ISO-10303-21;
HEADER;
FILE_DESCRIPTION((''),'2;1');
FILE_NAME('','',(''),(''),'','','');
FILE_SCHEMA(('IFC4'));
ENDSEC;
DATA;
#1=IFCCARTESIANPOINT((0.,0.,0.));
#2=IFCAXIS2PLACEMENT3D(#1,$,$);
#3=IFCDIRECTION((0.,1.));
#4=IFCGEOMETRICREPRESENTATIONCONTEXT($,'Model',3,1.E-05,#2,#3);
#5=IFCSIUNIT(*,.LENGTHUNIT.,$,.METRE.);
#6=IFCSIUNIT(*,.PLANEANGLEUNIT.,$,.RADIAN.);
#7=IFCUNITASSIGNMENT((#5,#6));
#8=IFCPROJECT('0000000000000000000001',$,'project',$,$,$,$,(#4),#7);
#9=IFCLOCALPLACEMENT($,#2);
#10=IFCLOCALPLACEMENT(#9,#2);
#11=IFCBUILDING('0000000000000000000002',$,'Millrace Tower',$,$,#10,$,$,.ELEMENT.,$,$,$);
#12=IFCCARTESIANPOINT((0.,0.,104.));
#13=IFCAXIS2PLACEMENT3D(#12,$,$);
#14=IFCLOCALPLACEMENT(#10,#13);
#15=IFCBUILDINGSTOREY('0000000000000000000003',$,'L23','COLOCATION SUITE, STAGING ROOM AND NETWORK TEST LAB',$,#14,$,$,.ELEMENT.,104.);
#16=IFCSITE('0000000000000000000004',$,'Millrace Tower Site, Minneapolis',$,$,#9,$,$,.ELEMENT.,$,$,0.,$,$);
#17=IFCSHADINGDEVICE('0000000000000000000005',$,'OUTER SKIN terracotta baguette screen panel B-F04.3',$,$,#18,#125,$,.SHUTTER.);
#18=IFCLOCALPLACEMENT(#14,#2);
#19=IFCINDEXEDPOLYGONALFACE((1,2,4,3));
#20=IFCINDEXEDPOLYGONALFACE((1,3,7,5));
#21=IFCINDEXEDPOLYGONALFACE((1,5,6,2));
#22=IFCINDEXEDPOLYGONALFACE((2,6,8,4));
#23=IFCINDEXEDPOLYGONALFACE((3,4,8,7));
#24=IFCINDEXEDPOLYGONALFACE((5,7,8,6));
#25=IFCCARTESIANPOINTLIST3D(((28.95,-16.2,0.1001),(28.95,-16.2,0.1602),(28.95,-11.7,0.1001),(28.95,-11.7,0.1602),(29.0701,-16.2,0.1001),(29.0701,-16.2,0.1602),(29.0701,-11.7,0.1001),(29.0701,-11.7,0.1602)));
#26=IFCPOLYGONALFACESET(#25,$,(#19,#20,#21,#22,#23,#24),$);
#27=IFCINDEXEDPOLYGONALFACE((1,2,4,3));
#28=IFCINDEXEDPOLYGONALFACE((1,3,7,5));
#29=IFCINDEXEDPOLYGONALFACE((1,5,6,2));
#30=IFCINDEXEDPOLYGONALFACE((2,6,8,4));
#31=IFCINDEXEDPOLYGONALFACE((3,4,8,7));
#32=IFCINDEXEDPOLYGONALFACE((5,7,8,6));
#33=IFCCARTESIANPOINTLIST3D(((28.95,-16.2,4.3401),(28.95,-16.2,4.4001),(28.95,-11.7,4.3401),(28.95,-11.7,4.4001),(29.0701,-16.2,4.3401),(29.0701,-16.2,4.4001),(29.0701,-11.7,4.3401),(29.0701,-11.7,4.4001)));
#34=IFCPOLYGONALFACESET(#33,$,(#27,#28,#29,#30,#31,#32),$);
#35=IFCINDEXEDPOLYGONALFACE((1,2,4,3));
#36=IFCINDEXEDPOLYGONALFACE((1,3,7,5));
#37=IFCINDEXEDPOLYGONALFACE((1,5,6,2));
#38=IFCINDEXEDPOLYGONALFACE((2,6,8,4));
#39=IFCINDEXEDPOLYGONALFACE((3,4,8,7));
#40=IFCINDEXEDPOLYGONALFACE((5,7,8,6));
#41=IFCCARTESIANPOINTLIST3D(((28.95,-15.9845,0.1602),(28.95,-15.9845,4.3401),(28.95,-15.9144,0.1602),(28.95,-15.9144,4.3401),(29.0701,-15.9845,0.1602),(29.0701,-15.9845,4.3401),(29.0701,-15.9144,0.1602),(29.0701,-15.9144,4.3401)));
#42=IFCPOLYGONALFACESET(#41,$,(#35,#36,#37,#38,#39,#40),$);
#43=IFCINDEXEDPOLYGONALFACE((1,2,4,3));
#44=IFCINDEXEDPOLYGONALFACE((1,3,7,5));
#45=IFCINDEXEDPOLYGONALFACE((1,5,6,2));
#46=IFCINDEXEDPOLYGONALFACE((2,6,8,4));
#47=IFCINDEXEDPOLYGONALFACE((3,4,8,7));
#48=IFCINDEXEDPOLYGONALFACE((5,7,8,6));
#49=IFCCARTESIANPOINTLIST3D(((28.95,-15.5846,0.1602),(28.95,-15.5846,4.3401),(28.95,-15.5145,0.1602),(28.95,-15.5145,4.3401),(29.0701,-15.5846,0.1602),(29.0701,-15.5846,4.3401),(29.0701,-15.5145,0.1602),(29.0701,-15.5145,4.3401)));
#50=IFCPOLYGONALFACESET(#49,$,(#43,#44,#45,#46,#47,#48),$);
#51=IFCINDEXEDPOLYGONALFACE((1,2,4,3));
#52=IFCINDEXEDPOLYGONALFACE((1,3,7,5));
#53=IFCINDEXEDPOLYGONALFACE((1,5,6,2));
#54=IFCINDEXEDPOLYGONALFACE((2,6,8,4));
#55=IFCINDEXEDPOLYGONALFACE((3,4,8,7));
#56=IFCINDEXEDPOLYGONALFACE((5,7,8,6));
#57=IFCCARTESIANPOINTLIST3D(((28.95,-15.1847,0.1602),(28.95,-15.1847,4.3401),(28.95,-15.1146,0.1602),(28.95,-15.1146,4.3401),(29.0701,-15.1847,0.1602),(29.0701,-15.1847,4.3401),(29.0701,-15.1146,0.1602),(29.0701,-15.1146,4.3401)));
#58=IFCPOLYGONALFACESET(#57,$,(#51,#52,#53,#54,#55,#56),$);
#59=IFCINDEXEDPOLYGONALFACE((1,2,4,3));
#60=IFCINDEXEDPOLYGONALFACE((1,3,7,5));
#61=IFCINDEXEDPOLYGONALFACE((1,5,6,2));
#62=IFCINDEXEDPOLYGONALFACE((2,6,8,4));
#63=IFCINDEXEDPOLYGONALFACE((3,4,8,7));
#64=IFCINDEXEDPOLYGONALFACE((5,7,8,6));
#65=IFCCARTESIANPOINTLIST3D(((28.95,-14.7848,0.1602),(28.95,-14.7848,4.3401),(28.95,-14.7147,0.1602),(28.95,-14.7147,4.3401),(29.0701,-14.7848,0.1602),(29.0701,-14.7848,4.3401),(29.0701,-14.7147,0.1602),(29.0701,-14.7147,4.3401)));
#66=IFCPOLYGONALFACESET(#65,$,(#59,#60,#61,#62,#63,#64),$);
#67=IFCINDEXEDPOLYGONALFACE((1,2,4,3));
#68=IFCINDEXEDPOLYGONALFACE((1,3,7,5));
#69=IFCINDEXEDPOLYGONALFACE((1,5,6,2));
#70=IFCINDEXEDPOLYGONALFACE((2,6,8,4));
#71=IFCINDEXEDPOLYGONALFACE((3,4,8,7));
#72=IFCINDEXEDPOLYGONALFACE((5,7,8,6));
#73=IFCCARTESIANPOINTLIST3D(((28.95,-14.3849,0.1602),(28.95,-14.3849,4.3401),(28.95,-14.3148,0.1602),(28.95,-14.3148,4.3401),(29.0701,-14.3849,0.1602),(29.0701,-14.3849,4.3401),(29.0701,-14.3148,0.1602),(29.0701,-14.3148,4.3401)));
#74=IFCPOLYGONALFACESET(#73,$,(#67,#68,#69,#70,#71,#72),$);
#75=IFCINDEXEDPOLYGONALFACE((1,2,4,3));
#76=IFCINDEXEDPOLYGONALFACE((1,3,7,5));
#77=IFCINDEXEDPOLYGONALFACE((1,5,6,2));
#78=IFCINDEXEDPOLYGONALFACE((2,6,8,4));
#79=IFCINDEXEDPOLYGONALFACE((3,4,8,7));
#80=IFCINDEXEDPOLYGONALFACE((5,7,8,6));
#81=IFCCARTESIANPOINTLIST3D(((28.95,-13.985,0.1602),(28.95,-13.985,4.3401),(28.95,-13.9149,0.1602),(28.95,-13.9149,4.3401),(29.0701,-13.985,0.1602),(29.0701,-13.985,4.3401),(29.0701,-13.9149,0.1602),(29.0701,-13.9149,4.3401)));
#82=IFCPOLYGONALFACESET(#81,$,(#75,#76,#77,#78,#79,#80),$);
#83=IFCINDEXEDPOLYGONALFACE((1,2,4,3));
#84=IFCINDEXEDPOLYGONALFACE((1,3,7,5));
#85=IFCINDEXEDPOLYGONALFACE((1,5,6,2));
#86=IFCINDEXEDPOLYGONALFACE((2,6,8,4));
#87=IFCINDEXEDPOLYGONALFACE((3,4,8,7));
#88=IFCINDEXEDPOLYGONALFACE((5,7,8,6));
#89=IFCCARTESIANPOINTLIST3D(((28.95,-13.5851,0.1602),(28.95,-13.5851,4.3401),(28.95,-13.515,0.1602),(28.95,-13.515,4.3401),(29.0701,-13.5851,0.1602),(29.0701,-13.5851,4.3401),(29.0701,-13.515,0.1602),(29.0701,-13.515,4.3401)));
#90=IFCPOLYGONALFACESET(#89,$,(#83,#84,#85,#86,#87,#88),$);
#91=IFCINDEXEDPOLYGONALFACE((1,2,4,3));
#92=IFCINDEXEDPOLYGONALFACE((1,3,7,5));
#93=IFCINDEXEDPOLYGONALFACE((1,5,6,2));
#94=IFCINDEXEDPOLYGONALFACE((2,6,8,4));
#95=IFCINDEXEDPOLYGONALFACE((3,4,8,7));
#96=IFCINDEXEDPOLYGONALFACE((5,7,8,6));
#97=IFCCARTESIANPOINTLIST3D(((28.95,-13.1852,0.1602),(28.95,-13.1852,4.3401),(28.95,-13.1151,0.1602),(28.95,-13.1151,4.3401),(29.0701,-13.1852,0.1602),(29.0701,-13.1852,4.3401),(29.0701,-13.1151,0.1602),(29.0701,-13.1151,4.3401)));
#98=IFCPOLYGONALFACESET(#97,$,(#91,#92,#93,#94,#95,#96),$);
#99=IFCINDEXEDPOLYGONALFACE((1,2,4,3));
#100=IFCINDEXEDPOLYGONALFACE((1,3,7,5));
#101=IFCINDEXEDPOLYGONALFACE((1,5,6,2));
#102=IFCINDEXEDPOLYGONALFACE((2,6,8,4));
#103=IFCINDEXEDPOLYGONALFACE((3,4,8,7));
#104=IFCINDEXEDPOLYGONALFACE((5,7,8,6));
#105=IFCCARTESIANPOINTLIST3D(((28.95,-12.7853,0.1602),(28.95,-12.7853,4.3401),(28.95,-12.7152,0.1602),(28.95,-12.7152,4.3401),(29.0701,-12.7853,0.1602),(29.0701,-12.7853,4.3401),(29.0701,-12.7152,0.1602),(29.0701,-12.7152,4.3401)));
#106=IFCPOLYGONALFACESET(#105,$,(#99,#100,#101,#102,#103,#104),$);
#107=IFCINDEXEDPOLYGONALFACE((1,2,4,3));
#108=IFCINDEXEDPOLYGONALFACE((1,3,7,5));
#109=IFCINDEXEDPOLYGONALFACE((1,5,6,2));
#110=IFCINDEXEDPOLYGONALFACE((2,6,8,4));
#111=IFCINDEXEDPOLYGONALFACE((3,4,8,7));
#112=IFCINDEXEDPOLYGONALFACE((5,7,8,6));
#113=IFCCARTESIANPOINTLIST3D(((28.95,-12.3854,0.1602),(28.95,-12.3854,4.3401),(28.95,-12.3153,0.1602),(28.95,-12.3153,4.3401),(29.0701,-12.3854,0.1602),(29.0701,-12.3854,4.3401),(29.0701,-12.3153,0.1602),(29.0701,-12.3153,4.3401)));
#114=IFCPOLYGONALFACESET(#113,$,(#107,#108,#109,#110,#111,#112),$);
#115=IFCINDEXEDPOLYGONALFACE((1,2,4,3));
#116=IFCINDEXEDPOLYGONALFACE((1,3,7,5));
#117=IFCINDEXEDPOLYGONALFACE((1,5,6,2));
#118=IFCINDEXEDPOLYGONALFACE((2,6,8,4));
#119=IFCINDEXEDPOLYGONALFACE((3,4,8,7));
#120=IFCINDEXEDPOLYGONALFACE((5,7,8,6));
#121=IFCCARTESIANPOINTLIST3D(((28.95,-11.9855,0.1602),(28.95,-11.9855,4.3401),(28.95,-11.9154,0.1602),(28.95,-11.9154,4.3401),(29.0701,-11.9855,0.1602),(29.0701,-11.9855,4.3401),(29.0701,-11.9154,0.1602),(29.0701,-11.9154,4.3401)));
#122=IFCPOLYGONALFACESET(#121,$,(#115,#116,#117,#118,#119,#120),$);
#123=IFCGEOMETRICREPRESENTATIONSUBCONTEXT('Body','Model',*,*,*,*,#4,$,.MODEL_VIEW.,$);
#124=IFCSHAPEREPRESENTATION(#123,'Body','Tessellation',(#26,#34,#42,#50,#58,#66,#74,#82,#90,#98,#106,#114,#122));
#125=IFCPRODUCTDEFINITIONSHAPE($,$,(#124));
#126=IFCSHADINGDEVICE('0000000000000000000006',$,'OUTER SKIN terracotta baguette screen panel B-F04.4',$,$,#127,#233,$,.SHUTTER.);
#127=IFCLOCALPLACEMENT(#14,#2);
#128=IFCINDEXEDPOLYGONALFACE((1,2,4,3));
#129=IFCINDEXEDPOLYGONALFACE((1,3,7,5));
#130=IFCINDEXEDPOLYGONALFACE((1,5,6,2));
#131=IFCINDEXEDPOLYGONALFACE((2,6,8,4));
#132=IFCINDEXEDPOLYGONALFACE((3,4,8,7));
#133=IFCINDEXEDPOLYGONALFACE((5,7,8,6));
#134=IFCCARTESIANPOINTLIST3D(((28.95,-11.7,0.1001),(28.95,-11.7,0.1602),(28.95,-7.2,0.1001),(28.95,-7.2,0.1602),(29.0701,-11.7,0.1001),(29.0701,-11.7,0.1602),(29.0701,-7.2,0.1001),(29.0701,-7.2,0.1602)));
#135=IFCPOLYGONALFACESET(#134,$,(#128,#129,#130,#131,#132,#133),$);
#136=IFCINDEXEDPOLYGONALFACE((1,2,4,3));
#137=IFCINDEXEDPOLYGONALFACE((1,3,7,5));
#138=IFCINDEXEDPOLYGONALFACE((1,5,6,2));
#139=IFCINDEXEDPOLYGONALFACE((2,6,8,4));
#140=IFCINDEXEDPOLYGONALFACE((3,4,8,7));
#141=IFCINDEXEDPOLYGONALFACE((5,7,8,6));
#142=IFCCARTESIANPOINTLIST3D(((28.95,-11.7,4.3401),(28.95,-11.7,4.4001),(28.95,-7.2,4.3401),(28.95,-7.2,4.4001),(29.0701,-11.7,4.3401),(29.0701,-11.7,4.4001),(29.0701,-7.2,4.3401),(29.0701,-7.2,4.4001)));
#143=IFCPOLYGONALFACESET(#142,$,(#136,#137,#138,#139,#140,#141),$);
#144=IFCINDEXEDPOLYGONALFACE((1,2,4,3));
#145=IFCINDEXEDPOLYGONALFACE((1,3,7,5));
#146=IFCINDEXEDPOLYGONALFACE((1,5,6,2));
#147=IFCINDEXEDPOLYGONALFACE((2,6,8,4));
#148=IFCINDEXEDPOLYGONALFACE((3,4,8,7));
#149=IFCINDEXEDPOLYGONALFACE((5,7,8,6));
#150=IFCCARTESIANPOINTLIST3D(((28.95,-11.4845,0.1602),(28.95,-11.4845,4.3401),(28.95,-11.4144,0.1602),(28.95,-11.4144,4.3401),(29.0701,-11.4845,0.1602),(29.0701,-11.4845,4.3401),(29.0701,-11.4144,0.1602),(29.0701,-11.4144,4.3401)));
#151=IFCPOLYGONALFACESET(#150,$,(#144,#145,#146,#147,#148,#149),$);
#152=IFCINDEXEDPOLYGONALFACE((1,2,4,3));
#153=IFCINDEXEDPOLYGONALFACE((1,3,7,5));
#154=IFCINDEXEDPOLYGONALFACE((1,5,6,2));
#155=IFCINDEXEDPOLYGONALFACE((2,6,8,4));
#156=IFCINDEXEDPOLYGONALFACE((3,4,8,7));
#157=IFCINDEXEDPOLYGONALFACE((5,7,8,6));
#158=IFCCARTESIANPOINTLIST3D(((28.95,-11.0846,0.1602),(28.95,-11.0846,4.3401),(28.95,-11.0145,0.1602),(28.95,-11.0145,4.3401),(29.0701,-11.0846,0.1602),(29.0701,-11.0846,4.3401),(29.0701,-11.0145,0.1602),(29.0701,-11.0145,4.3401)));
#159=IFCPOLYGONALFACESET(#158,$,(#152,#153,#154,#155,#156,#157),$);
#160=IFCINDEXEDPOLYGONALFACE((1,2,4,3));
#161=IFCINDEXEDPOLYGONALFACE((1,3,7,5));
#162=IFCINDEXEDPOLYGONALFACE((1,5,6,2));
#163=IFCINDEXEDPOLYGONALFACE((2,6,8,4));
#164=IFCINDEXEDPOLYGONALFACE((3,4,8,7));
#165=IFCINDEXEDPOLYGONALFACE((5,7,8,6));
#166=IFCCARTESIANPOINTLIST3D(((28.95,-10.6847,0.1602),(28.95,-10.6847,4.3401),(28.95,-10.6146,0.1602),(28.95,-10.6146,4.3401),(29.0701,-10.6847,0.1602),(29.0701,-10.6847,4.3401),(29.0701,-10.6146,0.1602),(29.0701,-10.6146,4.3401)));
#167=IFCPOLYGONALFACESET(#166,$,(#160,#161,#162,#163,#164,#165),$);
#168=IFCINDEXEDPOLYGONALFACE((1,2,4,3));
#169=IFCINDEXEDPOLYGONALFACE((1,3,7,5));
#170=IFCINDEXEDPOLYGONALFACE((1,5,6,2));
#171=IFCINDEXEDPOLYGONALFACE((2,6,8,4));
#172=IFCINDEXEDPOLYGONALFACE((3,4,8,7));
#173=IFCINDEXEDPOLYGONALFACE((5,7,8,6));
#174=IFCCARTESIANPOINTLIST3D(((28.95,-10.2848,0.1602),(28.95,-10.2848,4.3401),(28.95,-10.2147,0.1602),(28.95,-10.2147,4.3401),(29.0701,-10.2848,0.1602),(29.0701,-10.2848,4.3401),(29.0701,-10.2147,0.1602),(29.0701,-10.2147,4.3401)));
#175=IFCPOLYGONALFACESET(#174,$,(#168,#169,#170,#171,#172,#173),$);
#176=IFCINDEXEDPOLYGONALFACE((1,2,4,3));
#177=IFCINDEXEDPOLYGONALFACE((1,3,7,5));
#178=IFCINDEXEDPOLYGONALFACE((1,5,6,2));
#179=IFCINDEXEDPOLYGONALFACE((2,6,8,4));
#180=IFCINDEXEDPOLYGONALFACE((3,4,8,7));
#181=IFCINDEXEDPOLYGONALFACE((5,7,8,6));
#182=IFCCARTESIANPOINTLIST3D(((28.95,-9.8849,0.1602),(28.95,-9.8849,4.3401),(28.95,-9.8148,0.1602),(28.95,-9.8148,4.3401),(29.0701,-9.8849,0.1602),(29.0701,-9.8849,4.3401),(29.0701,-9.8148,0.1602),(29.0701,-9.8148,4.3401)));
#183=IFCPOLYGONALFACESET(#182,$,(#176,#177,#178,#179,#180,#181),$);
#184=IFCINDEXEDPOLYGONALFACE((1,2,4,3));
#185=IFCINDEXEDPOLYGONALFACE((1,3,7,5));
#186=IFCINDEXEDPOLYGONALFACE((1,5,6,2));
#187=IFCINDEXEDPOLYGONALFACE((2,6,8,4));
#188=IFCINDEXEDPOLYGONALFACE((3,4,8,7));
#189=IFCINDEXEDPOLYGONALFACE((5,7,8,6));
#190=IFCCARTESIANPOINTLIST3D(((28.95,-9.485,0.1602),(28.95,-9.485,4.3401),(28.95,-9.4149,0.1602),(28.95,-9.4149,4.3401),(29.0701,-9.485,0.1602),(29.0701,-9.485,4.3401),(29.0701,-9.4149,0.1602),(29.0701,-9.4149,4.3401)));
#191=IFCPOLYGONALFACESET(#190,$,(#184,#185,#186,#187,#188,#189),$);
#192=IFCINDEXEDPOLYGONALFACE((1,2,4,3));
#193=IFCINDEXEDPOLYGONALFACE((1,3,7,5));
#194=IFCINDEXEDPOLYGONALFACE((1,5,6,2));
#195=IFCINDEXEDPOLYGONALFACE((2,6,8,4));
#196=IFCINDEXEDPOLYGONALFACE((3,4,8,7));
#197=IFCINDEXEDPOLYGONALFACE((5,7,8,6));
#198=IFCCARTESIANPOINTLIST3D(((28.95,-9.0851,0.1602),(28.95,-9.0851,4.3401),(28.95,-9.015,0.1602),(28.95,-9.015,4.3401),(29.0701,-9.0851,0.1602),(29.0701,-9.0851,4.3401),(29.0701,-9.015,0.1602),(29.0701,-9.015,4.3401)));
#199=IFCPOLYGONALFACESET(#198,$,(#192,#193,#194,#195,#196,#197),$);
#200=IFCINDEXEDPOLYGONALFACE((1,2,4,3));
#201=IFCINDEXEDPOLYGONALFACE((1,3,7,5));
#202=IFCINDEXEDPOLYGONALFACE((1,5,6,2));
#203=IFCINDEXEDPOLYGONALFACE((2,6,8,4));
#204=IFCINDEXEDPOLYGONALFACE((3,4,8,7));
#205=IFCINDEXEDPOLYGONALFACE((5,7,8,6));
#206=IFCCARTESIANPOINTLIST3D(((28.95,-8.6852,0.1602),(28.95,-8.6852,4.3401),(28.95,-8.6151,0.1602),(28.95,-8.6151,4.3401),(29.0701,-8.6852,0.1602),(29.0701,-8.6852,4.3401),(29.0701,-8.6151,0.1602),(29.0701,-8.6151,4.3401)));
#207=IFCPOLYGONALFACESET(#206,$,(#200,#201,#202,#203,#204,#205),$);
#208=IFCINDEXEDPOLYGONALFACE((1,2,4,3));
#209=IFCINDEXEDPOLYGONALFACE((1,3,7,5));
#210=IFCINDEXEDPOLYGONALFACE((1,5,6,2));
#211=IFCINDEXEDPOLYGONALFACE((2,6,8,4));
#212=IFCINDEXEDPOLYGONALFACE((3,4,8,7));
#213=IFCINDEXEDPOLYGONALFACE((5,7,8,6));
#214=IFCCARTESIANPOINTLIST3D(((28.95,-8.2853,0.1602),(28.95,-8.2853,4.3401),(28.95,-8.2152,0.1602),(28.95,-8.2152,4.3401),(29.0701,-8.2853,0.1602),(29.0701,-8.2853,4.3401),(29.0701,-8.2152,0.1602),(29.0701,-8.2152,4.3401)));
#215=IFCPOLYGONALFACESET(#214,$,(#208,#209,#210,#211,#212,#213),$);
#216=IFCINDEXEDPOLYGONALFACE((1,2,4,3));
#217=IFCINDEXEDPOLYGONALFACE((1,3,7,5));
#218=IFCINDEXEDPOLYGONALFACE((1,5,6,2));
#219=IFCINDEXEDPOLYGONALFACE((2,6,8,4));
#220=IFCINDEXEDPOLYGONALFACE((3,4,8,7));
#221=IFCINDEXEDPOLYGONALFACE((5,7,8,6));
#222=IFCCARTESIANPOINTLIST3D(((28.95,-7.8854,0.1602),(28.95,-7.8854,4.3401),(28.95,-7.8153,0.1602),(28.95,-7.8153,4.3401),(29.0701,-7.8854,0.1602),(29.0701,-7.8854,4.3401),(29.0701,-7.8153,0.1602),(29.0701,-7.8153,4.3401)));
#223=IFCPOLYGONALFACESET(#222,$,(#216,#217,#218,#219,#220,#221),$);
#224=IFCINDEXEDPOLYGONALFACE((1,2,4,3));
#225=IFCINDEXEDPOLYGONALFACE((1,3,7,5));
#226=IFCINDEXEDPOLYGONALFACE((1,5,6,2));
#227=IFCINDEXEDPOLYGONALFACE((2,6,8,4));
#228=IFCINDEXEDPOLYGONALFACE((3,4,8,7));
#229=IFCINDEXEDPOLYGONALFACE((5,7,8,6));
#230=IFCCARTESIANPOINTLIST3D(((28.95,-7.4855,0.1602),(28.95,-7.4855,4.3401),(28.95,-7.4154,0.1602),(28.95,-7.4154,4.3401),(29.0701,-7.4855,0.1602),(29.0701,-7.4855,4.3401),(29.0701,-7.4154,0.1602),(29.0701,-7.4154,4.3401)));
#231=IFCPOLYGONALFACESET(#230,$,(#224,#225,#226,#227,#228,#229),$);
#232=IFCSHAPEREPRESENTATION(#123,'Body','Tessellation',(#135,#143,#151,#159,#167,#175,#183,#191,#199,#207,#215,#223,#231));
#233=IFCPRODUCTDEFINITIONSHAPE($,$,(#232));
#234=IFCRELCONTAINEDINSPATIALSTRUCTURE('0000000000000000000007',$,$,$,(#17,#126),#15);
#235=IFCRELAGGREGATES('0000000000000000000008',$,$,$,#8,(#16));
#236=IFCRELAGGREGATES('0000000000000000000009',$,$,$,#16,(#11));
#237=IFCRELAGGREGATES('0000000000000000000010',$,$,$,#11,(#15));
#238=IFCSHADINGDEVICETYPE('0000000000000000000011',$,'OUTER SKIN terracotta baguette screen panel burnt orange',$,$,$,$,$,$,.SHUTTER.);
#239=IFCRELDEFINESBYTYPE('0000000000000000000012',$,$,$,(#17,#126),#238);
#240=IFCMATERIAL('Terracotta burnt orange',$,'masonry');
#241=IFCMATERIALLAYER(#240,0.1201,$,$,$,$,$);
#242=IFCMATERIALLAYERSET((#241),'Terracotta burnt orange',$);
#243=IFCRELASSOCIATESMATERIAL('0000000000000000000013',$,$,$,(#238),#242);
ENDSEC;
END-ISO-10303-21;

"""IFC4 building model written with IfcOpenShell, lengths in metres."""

from ifc_helpers import new_model, entity, si_unit, direction, frame, frame_2d, origin, origin_2d, place, context, subcontext, project, spatial, rectangle, extrude, source, transform, mapped, material, layer, layer_set, type_object, element, save


model = new_model("IFC4")

# Units and contexts
model_context = context("Model", 3, precision=1e-05, world=origin(), true_north=direction((0.0, 1.0)))
body_context = subcontext(model_context, "Body", "Model", "MODEL_VIEW")
ifc_project = project(units=[si_unit("LENGTHUNIT", "METRE"), si_unit("PLANEANGLEUNIT", "RADIAN")], contexts=[model_context])

# Site, building, storey
site_placement = place(None, origin())
site = spatial("IfcSite", under=ifc_project, at=site_placement, Name="Millrace Tower Site, Minneapolis", CompositionType="ELEMENT", RefElevation=0.0)
building_placement = place(site_placement, origin())
building = spatial("IfcBuilding", under=site, at=building_placement, Name="Millrace Tower", CompositionType="ELEMENT")
storey_placement = place(building_placement, frame((0.0, 0.0, 104.0)))
storey = spatial("IfcBuildingStorey", under=building, at=storey_placement, Name="L23", Description="COLOCATION SUITE, STAGING ROOM AND NETWORK TEST LAB", CompositionType="ELEMENT", Elevation=104.0)

# Shading devices
ifc_material_1 = material(Name="Terracotta burnt orange", Category="masonry")
ifc_layer_1 = layer(ifc_material_1, 0.1201)
ifc_layer_set_1 = layer_set([ifc_layer_1], Name="Terracotta burnt orange")
shading_device_type = type_object("IfcShadingDeviceType", Name="OUTER SKIN terracotta baguette screen panel burnt orange", PredefinedType="SHUTTER", material=ifc_layer_set_1)
cartesian_point = entity("IfcCartesianPoint", [-2.25, 0.0601])
shared_polyline = entity("IfcPolyline", [cartesian_point, entity("IfcCartesianPoint", [2.25, 0.0601]), entity("IfcCartesianPoint", [2.25, -0.0601]), entity("IfcCartesianPoint", [-2.25, -0.0601]), cartesian_point])
shared_shape = source(origin(), body_context, "Body", "SweptSolid", [
    entity("IfcExtrudedAreaSolid", entity("IfcArbitraryClosedProfileDef", "AREA", None, shared_polyline), entity("IfcAxis2Placement3D", entity("IfcCartesianPoint", [0.0, 0.0, 0.0])), entity("IfcDirection", [0.0, 0.0, 1.0]), 0.0601),
    entity("IfcExtrudedAreaSolid", entity("IfcArbitraryClosedProfileDef", "AREA", None, shared_polyline), entity("IfcAxis2Placement3D", entity("IfcCartesianPoint", [0.0, 0.0, 4.24])), entity("IfcDirection", [0.0, 0.0, 1.0]), 0.0601),
    extrude(rectangle(XDim=0.0701, YDim=0.1201, at=frame_2d((-1.9995, 0.0))), frame((0.0, 0.0, 0.0601)), (0.0, 0.0, 1.0), 4.1799),
    extrude(rectangle(XDim=0.0701, YDim=0.1201, at=frame_2d((-1.5996, 0.0))), frame((0.0, 0.0, 0.0601)), (0.0, 0.0, 1.0), 4.1799),
    extrude(rectangle(XDim=0.0701, YDim=0.1201, at=frame_2d((-1.1997, 0.0))), frame((0.0, 0.0, 0.0601)), (0.0, 0.0, 1.0), 4.1799),
    extrude(rectangle(XDim=0.0701, YDim=0.1201, at=frame_2d((-0.7998, 0.0))), frame((0.0, 0.0, 0.0601)), (0.0, 0.0, 1.0), 4.1799),
    extrude(rectangle(XDim=0.0701, YDim=0.1201, at=frame_2d((-0.3999, 0.0))), frame((0.0, 0.0, 0.0601)), (0.0, 0.0, 1.0), 4.1799),
    extrude(rectangle(XDim=0.0701, YDim=0.1201, at=origin_2d()), frame((0.0, 0.0, 0.0601)), (0.0, 0.0, 1.0), 4.1799),
    extrude(rectangle(XDim=0.0701, YDim=0.1201, at=frame_2d((0.3999, 0.0))), frame((0.0, 0.0, 0.0601)), (0.0, 0.0, 1.0), 4.1799),
    extrude(rectangle(XDim=0.0701, YDim=0.1201, at=frame_2d((0.7998, 0.0))), frame((0.0, 0.0, 0.0601)), (0.0, 0.0, 1.0), 4.1799),
    extrude(rectangle(XDim=0.0701, YDim=0.1201, at=frame_2d((1.1997, 0.0))), frame((0.0, 0.0, 0.0601)), (0.0, 0.0, 1.0), 4.1799),
    extrude(rectangle(XDim=0.0701, YDim=0.1201, at=frame_2d((1.5996, 0.0))), frame((0.0, 0.0, 0.0601)), (0.0, 0.0, 1.0), 4.1799),
    extrude(rectangle(XDim=0.0701, YDim=0.1201, at=frame_2d((1.9995, 0.0))), frame((0.0, 0.0, 0.0601)), (0.0, 0.0, 1.0), 4.1799),
])
for number, where, z_axis, x_axis, name in (
    (1, (29.01, -13.95, 0.1001), (0.0, 0.0, 1.0), (0.0, 1.0, 0.0), "OUTER SKIN terracotta baguette screen panel B-F04.3"),
    (2, (29.01, -9.45, 0.1001), (0.0, 0.0, 1.0), (0.0, 1.0, 0.0), "OUTER SKIN terracotta baguette screen panel B-F04.4"),
):
    element("IfcShadingDevice", number, at=place(storey_placement, frame(where, z_axis=z_axis, x_axis=x_axis)), inside=storey, type_object=shading_device_type, Name=name, PredefinedType="SHUTTER", context=body_context, shape_type="MappedRepresentation", body=[
        mapped(shared_shape, transform((0.0, 0.0, 0.0), scale=1.0)),
    ])

save(model, "model.ifc")
